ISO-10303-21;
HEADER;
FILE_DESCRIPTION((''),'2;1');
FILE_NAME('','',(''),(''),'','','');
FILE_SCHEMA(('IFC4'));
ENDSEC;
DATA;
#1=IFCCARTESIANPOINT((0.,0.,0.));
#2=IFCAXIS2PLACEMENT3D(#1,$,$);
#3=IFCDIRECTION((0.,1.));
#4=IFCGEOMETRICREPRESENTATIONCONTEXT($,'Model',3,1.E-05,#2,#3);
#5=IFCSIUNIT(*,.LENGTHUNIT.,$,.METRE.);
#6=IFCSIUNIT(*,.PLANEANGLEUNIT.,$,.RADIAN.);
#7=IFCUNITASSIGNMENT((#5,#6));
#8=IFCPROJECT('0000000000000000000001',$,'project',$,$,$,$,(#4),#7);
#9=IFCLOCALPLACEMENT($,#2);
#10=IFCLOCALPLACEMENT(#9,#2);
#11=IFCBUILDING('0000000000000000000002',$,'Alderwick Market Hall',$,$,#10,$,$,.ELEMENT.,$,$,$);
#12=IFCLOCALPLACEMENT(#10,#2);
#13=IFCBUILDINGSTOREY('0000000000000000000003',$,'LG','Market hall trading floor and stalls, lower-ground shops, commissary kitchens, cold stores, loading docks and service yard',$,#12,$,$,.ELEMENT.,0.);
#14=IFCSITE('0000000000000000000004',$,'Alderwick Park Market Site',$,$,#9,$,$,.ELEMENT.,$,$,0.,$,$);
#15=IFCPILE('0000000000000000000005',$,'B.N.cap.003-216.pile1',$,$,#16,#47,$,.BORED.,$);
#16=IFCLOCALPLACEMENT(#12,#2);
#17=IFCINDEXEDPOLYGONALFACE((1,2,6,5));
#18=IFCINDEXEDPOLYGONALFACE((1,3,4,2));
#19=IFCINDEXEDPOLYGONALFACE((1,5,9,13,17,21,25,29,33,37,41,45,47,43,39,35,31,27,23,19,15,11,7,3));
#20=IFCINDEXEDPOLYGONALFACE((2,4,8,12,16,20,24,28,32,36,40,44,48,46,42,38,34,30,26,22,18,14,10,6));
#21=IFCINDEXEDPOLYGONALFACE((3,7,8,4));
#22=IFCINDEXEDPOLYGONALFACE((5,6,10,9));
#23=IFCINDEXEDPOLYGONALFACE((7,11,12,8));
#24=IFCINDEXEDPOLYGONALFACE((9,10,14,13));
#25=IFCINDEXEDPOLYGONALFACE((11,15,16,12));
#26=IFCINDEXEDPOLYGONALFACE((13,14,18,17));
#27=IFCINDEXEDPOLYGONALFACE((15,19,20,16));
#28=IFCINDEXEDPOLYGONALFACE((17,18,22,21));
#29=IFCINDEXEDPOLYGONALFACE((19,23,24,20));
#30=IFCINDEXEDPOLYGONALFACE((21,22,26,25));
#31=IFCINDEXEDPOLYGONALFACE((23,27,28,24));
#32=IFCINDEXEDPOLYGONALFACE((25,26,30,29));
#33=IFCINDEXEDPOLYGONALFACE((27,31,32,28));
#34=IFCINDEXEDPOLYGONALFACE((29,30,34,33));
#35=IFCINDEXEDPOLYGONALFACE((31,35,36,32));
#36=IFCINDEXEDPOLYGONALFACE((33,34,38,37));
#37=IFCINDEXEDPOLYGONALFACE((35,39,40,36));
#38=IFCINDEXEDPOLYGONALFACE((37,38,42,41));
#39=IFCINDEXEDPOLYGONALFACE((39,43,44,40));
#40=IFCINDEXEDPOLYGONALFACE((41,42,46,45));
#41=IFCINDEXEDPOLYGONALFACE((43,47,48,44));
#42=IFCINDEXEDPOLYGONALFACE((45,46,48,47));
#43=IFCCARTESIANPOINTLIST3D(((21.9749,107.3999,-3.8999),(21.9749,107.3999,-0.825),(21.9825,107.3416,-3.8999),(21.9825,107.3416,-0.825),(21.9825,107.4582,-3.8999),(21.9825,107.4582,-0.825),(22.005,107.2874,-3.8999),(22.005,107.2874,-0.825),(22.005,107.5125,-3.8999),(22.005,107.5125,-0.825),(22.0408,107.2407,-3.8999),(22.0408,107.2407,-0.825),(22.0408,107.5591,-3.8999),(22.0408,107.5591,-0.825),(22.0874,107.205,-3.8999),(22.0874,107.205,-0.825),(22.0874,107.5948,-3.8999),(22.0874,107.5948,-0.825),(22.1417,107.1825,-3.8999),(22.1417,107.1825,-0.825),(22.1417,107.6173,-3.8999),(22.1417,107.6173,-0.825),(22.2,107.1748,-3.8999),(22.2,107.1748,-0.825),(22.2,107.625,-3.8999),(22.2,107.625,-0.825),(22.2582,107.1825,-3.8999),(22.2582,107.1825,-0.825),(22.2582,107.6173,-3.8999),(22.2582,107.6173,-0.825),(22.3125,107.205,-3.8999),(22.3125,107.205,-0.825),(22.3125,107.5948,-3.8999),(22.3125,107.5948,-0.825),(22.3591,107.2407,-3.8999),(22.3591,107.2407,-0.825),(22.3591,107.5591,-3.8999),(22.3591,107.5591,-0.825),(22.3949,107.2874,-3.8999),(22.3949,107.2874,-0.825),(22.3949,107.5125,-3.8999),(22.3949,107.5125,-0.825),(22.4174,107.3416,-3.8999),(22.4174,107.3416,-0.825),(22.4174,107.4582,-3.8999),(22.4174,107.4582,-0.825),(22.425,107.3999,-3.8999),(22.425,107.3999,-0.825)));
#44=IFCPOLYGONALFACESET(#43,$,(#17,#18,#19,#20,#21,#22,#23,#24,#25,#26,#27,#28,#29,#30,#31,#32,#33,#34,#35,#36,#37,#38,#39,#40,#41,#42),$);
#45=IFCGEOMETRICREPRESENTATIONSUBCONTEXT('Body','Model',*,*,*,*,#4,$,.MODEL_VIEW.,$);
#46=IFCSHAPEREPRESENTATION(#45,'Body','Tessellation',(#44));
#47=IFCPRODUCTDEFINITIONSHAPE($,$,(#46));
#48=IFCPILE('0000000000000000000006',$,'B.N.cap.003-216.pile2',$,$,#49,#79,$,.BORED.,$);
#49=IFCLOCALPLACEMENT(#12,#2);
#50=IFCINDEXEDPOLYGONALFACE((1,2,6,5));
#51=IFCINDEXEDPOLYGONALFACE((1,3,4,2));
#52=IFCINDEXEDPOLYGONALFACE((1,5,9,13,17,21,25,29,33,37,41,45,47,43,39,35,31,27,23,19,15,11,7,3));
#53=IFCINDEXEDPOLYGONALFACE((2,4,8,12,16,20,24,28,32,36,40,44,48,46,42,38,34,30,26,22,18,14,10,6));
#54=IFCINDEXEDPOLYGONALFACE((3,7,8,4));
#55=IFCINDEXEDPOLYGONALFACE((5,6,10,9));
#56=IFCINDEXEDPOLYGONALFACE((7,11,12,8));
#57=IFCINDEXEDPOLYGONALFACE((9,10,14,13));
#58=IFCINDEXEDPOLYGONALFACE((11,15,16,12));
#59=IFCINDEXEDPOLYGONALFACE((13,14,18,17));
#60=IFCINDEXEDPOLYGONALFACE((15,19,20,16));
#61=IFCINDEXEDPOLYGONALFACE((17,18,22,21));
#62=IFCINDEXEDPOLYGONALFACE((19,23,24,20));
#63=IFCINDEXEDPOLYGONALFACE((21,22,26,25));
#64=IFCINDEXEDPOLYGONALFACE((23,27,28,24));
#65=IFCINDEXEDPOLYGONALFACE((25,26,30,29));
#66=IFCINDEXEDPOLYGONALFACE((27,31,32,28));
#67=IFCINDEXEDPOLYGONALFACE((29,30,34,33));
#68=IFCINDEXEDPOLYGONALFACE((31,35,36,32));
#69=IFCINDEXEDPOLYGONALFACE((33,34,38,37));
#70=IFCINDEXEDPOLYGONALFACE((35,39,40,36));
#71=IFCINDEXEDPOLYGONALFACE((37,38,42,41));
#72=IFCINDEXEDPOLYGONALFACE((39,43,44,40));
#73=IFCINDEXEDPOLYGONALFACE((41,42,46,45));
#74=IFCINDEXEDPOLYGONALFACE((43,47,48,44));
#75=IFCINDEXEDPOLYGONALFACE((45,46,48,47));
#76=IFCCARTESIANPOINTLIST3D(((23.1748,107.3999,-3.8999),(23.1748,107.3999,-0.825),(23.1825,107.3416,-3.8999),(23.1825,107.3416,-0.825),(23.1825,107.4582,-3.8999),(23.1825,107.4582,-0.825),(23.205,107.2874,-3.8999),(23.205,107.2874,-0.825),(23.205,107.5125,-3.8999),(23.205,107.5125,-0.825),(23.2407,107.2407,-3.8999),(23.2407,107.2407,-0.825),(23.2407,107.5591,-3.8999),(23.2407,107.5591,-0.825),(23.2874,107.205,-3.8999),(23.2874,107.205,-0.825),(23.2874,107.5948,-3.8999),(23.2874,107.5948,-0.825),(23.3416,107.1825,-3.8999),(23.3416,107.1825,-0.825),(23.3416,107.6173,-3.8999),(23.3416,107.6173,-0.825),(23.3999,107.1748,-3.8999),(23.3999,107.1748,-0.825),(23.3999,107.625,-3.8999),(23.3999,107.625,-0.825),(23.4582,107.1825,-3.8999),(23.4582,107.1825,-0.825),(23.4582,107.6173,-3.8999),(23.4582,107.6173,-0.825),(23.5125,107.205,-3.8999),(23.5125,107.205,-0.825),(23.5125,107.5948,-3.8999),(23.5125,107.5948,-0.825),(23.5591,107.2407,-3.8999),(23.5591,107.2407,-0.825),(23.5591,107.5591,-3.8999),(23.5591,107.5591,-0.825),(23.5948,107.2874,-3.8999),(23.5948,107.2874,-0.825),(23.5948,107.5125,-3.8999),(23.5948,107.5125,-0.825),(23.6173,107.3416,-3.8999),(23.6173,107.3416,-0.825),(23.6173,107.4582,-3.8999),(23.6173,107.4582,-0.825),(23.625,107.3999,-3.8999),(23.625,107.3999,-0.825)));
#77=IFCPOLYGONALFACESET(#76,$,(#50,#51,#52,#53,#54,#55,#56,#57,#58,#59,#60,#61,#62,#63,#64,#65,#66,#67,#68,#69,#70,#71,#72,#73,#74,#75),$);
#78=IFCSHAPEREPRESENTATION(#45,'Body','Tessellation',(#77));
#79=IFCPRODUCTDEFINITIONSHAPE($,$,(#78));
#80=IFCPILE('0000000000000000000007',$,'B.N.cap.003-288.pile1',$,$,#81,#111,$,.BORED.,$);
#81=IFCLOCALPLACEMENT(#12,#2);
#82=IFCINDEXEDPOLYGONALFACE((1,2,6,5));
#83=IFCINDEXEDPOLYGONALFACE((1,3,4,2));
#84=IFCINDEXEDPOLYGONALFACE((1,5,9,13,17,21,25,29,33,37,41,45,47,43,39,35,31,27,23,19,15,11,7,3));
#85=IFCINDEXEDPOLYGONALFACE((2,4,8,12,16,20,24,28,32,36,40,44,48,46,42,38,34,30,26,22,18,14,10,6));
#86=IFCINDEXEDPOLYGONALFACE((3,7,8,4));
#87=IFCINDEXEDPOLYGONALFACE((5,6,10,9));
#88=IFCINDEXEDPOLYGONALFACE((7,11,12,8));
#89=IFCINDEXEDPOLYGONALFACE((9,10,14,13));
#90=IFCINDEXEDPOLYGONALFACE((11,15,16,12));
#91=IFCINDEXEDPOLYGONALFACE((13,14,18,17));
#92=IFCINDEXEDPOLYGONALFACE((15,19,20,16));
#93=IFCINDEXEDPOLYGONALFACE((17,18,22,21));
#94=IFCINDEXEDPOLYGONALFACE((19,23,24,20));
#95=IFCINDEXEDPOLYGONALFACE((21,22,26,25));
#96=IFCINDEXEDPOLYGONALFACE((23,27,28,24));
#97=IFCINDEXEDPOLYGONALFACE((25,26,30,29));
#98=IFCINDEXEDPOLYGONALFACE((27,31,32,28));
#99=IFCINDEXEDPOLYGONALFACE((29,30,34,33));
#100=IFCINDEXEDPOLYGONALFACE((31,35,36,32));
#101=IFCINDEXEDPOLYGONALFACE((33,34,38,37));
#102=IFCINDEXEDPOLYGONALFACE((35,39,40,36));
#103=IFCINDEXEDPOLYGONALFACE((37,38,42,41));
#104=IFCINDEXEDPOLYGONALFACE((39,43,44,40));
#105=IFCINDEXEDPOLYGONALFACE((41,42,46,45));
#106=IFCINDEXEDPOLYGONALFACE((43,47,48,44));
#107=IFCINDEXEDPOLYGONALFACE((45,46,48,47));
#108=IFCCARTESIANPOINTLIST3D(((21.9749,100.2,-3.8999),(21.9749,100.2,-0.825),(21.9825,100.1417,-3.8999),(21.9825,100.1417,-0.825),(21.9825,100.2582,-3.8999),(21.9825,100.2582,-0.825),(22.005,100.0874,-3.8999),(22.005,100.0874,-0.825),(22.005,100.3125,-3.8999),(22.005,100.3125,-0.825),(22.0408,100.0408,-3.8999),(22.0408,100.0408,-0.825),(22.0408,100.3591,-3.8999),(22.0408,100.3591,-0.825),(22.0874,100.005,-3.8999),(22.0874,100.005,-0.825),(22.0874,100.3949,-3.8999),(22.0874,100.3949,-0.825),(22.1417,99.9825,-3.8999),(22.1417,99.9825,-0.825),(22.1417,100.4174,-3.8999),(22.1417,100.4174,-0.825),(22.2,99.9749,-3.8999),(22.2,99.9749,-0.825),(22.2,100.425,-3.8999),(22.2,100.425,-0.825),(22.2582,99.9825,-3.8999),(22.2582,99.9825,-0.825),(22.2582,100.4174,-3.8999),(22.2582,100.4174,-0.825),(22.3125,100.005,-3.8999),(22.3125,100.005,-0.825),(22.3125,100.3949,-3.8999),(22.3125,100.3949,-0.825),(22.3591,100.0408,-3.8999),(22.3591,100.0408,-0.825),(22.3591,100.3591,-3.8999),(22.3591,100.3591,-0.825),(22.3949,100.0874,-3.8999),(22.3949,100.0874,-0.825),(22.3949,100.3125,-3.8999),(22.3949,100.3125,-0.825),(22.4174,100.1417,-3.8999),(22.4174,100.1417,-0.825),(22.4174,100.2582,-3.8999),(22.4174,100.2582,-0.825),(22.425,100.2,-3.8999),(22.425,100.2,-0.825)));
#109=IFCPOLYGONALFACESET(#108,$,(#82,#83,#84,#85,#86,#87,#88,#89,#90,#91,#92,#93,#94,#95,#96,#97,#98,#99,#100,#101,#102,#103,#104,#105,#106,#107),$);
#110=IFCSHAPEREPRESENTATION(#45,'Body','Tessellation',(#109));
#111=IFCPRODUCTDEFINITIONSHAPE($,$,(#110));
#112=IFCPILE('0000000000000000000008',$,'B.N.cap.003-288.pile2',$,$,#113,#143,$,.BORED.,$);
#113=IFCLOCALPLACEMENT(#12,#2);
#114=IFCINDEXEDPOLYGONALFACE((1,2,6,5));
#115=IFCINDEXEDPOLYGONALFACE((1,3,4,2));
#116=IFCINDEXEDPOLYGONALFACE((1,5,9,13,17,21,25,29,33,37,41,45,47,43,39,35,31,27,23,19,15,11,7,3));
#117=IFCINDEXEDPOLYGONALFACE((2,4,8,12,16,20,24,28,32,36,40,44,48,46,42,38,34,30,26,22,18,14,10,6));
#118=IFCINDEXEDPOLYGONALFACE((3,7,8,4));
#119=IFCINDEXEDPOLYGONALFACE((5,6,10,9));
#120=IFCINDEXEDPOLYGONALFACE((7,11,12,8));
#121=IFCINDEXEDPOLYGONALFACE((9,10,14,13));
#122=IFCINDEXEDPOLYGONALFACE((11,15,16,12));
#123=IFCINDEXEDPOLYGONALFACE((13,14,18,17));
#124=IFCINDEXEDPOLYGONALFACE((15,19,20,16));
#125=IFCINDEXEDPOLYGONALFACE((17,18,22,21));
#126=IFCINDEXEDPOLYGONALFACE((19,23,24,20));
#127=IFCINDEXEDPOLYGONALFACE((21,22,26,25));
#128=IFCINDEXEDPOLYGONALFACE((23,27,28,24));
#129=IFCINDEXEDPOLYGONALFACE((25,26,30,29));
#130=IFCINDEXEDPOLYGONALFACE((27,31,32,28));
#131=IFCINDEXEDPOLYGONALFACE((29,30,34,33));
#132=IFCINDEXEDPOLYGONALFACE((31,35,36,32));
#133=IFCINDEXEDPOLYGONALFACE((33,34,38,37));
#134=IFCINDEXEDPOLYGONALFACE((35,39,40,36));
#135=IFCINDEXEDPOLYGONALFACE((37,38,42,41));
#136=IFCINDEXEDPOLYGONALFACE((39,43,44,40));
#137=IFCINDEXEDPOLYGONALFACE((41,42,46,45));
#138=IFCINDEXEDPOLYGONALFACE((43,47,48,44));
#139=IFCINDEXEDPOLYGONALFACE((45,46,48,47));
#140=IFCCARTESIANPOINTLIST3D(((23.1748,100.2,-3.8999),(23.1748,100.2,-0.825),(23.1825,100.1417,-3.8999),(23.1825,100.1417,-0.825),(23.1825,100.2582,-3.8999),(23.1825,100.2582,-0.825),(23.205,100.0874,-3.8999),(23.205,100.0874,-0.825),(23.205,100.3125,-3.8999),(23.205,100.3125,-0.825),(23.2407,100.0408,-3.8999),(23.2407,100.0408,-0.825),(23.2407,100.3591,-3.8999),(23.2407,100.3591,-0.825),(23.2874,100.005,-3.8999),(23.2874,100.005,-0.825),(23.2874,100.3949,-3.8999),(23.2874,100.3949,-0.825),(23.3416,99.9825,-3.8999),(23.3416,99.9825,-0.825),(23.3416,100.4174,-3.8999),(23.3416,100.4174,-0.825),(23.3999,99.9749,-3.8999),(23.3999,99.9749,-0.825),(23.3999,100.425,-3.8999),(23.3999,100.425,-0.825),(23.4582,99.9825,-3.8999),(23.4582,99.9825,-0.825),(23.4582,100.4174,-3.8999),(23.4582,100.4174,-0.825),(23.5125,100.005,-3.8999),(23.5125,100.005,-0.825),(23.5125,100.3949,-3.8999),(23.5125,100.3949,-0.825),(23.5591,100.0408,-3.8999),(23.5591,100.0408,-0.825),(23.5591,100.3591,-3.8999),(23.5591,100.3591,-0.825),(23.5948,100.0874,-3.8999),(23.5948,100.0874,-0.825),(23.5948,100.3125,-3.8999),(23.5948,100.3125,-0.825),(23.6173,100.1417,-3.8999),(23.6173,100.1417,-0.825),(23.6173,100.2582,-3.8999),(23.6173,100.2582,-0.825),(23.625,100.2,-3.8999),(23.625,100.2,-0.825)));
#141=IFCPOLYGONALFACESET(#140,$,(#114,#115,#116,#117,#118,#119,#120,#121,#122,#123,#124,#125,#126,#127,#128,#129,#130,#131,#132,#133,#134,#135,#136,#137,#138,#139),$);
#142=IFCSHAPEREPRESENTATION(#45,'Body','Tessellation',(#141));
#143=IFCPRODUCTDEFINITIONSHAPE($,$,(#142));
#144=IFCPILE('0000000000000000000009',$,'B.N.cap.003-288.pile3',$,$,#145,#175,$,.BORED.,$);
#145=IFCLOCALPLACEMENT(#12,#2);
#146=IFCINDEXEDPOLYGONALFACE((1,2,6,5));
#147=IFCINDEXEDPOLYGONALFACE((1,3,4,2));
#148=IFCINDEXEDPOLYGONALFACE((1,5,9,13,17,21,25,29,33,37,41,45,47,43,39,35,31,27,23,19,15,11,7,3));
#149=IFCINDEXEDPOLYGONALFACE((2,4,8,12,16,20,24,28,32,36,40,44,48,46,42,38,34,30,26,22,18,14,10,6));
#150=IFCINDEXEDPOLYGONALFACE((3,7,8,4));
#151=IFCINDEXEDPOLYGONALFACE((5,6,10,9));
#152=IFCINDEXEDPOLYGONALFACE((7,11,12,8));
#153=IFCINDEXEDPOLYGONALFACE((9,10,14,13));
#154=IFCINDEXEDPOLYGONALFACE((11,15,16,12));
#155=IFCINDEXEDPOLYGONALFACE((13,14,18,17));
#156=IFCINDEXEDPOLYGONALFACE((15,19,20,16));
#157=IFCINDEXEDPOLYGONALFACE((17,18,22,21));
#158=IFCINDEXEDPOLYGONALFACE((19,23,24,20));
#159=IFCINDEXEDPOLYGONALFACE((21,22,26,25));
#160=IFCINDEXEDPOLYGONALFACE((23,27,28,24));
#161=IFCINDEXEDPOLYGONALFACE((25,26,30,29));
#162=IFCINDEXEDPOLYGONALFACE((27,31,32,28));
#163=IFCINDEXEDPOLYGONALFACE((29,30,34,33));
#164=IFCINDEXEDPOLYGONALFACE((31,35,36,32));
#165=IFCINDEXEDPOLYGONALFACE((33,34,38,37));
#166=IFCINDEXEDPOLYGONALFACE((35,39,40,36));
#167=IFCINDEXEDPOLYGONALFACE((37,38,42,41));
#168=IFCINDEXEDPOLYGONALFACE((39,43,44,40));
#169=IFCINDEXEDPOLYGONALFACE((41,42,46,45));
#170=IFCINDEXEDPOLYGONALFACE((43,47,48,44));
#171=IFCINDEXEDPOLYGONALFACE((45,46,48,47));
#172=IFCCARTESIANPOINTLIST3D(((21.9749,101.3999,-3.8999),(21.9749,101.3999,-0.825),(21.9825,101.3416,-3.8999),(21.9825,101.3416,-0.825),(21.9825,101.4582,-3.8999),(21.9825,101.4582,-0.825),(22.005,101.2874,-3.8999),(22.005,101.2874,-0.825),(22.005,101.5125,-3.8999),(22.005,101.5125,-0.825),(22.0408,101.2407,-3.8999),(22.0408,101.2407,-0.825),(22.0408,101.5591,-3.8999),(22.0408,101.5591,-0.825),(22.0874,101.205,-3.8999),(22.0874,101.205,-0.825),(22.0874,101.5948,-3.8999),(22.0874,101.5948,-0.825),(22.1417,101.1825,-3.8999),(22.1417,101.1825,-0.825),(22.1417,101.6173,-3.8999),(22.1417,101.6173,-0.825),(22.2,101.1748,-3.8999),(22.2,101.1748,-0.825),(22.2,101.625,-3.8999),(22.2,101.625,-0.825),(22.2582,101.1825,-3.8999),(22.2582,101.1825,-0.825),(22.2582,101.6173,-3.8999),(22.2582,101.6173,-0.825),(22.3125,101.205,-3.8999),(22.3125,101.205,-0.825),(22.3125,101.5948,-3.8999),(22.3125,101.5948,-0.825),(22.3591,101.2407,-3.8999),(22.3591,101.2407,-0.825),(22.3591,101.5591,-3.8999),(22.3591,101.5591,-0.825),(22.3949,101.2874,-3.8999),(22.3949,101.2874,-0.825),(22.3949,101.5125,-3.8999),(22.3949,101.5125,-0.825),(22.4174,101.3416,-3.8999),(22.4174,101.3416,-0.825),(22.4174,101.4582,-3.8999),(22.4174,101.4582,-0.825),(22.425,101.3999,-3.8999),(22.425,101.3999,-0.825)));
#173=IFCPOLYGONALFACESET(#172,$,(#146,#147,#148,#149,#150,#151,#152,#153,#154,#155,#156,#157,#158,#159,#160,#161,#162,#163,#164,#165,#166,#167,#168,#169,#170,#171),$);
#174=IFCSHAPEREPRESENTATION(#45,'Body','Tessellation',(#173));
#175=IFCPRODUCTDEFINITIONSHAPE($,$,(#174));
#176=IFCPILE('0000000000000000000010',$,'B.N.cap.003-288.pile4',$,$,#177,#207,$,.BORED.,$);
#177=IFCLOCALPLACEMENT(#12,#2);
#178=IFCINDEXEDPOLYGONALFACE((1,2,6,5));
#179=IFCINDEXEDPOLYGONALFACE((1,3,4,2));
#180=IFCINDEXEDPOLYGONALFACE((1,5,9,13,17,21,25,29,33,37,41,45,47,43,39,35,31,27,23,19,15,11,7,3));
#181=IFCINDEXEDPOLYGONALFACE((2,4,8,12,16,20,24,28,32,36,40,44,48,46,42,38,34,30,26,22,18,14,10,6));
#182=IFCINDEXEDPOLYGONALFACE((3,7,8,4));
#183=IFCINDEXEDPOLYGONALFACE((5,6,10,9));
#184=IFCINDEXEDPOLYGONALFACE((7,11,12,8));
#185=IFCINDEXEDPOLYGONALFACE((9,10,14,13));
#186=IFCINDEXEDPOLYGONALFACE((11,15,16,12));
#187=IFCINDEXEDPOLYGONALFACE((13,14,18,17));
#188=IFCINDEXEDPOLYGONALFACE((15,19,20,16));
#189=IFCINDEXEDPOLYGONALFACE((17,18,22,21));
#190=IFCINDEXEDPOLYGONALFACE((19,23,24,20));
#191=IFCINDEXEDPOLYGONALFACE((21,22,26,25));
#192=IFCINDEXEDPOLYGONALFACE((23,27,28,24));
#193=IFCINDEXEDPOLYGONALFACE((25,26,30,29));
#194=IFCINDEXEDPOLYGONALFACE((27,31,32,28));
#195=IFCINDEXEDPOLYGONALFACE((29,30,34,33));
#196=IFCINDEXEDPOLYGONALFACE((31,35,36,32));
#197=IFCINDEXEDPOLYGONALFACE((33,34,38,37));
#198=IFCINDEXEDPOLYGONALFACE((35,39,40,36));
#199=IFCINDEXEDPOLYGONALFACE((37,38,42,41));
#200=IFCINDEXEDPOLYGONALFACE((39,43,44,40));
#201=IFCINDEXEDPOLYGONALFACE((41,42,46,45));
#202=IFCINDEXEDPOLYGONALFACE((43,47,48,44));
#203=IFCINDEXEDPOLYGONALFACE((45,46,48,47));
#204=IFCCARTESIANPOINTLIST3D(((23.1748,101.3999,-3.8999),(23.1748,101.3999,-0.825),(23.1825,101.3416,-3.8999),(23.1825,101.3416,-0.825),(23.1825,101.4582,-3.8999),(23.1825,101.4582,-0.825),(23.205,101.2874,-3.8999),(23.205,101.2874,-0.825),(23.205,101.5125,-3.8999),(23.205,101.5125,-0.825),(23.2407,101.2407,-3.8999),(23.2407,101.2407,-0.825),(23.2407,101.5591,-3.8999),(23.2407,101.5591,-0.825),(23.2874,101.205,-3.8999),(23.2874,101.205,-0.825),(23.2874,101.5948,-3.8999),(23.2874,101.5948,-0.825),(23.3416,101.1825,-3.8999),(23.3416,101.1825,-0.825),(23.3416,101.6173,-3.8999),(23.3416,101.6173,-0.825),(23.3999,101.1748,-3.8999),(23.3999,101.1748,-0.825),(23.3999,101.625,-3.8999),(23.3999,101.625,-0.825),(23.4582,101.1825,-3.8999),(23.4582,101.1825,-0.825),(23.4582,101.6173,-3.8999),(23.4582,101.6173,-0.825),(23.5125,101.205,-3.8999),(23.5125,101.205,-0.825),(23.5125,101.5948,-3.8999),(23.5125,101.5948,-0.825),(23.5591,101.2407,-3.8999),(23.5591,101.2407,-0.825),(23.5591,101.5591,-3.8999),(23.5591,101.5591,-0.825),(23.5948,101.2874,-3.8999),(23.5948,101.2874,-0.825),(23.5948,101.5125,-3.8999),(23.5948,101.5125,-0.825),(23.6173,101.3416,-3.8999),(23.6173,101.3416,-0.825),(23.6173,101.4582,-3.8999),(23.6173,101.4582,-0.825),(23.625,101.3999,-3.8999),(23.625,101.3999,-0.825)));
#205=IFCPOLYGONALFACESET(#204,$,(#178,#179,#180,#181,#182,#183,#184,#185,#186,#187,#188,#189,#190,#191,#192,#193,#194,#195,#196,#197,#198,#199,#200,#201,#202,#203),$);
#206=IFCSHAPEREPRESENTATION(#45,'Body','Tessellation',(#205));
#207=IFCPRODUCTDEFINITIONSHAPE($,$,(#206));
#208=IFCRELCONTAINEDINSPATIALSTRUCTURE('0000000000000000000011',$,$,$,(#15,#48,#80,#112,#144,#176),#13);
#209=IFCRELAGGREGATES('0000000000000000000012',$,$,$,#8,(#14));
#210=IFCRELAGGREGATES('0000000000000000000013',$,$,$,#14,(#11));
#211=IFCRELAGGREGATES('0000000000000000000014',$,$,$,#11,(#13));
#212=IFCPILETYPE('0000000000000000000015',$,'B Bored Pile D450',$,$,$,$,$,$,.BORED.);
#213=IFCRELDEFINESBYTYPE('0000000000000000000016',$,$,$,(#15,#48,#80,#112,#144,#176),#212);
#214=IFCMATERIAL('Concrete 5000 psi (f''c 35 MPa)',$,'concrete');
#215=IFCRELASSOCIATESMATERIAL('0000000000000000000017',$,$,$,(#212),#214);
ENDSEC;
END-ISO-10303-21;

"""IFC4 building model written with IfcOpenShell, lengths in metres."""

from ifc_helpers import new_model, si_unit, direction, frame, origin, origin_2d, place, context, subcontext, project, spatial, circle, extrude, material, material_profile, profile_set, type_object, element, save


model = new_model("IFC4")

# Units and contexts
model_context = context("Model", 3, precision=1e-05, world=origin(), true_north=direction((0.0, 1.0)))
body_context = subcontext(model_context, "Body", "Model", "MODEL_VIEW")
ifc_project = project(units=[si_unit("LENGTHUNIT", "METRE"), si_unit("PLANEANGLEUNIT", "RADIAN")], contexts=[model_context])

# Site, building, storey
site_placement = place(None, origin())
site = spatial("IfcSite", under=ifc_project, at=site_placement, Name="Alderwick Park Market Site", CompositionType="ELEMENT", RefElevation=0.0)
building_placement = place(site_placement, origin())
building = spatial("IfcBuilding", under=site, at=building_placement, Name="Alderwick Market Hall", CompositionType="ELEMENT")
storey_placement = place(building_placement, origin())
storey = spatial("IfcBuildingStorey", under=building, at=storey_placement, Name="LG", Description="Market hall trading floor and stalls, lower-ground shops, commissary kitchens, cold stores, loading docks and service yard", CompositionType="ELEMENT", Elevation=0.0)

# Piles
ifc_material_1 = material(Name="Concrete 5000 psi (f'c 35 MPa)", Category="concrete")
ifc_material_profile_1 = material_profile(ifc_material_1, circle(Radius=0.2251, at=origin_2d()), Name="B Bored Pile D450")
ifc_profile_set_1 = profile_set([ifc_material_profile_1], Name="Concrete 5000 psi (f'c 35 MPa)")
pile_type = type_object("IfcPileType", Name="B Bored Pile D450", PredefinedType="BORED", material=ifc_profile_set_1)
for number, where, z_axis, x_axis, name in (
    (1, (22.2, 107.3999, -0.825), (0.0, 0.0, -1.0), (1.0, 0.0, 0.0), "B.N.cap.003-216.pile1"),
    (2, (23.3999, 107.3999, -0.825), (0.0, 0.0, -1.0), (1.0, 0.0, 0.0), "B.N.cap.003-216.pile2"),
    (3, (22.2, 100.2, -0.825), (0.0, 0.0, -1.0), (1.0, 0.0, 0.0), "B.N.cap.003-288.pile1"),
    (4, (23.3999, 100.2, -0.825), (0.0, 0.0, -1.0), (1.0, 0.0, 0.0), "B.N.cap.003-288.pile2"),
    (5, (22.2, 101.3999, -0.825), (0.0, 0.0, -1.0), (1.0, 0.0, 0.0), "B.N.cap.003-288.pile3"),
    (6, (23.3999, 101.3999, -0.825), (0.0, 0.0, -1.0), (1.0, 0.0, 0.0), "B.N.cap.003-288.pile4"),
):
    element("IfcPile", number, at=place(storey_placement, frame(where, z_axis=z_axis, x_axis=x_axis)), inside=storey, type_object=pile_type, Name=name, PredefinedType="BORED", context=body_context, shape_type="SweptSolid", body=[
        extrude(circle(Radius=0.2251, at=origin_2d()), origin(), (0.0, 0.0, 1.0), 3.075),
    ])

save(model, "model.ifc")
